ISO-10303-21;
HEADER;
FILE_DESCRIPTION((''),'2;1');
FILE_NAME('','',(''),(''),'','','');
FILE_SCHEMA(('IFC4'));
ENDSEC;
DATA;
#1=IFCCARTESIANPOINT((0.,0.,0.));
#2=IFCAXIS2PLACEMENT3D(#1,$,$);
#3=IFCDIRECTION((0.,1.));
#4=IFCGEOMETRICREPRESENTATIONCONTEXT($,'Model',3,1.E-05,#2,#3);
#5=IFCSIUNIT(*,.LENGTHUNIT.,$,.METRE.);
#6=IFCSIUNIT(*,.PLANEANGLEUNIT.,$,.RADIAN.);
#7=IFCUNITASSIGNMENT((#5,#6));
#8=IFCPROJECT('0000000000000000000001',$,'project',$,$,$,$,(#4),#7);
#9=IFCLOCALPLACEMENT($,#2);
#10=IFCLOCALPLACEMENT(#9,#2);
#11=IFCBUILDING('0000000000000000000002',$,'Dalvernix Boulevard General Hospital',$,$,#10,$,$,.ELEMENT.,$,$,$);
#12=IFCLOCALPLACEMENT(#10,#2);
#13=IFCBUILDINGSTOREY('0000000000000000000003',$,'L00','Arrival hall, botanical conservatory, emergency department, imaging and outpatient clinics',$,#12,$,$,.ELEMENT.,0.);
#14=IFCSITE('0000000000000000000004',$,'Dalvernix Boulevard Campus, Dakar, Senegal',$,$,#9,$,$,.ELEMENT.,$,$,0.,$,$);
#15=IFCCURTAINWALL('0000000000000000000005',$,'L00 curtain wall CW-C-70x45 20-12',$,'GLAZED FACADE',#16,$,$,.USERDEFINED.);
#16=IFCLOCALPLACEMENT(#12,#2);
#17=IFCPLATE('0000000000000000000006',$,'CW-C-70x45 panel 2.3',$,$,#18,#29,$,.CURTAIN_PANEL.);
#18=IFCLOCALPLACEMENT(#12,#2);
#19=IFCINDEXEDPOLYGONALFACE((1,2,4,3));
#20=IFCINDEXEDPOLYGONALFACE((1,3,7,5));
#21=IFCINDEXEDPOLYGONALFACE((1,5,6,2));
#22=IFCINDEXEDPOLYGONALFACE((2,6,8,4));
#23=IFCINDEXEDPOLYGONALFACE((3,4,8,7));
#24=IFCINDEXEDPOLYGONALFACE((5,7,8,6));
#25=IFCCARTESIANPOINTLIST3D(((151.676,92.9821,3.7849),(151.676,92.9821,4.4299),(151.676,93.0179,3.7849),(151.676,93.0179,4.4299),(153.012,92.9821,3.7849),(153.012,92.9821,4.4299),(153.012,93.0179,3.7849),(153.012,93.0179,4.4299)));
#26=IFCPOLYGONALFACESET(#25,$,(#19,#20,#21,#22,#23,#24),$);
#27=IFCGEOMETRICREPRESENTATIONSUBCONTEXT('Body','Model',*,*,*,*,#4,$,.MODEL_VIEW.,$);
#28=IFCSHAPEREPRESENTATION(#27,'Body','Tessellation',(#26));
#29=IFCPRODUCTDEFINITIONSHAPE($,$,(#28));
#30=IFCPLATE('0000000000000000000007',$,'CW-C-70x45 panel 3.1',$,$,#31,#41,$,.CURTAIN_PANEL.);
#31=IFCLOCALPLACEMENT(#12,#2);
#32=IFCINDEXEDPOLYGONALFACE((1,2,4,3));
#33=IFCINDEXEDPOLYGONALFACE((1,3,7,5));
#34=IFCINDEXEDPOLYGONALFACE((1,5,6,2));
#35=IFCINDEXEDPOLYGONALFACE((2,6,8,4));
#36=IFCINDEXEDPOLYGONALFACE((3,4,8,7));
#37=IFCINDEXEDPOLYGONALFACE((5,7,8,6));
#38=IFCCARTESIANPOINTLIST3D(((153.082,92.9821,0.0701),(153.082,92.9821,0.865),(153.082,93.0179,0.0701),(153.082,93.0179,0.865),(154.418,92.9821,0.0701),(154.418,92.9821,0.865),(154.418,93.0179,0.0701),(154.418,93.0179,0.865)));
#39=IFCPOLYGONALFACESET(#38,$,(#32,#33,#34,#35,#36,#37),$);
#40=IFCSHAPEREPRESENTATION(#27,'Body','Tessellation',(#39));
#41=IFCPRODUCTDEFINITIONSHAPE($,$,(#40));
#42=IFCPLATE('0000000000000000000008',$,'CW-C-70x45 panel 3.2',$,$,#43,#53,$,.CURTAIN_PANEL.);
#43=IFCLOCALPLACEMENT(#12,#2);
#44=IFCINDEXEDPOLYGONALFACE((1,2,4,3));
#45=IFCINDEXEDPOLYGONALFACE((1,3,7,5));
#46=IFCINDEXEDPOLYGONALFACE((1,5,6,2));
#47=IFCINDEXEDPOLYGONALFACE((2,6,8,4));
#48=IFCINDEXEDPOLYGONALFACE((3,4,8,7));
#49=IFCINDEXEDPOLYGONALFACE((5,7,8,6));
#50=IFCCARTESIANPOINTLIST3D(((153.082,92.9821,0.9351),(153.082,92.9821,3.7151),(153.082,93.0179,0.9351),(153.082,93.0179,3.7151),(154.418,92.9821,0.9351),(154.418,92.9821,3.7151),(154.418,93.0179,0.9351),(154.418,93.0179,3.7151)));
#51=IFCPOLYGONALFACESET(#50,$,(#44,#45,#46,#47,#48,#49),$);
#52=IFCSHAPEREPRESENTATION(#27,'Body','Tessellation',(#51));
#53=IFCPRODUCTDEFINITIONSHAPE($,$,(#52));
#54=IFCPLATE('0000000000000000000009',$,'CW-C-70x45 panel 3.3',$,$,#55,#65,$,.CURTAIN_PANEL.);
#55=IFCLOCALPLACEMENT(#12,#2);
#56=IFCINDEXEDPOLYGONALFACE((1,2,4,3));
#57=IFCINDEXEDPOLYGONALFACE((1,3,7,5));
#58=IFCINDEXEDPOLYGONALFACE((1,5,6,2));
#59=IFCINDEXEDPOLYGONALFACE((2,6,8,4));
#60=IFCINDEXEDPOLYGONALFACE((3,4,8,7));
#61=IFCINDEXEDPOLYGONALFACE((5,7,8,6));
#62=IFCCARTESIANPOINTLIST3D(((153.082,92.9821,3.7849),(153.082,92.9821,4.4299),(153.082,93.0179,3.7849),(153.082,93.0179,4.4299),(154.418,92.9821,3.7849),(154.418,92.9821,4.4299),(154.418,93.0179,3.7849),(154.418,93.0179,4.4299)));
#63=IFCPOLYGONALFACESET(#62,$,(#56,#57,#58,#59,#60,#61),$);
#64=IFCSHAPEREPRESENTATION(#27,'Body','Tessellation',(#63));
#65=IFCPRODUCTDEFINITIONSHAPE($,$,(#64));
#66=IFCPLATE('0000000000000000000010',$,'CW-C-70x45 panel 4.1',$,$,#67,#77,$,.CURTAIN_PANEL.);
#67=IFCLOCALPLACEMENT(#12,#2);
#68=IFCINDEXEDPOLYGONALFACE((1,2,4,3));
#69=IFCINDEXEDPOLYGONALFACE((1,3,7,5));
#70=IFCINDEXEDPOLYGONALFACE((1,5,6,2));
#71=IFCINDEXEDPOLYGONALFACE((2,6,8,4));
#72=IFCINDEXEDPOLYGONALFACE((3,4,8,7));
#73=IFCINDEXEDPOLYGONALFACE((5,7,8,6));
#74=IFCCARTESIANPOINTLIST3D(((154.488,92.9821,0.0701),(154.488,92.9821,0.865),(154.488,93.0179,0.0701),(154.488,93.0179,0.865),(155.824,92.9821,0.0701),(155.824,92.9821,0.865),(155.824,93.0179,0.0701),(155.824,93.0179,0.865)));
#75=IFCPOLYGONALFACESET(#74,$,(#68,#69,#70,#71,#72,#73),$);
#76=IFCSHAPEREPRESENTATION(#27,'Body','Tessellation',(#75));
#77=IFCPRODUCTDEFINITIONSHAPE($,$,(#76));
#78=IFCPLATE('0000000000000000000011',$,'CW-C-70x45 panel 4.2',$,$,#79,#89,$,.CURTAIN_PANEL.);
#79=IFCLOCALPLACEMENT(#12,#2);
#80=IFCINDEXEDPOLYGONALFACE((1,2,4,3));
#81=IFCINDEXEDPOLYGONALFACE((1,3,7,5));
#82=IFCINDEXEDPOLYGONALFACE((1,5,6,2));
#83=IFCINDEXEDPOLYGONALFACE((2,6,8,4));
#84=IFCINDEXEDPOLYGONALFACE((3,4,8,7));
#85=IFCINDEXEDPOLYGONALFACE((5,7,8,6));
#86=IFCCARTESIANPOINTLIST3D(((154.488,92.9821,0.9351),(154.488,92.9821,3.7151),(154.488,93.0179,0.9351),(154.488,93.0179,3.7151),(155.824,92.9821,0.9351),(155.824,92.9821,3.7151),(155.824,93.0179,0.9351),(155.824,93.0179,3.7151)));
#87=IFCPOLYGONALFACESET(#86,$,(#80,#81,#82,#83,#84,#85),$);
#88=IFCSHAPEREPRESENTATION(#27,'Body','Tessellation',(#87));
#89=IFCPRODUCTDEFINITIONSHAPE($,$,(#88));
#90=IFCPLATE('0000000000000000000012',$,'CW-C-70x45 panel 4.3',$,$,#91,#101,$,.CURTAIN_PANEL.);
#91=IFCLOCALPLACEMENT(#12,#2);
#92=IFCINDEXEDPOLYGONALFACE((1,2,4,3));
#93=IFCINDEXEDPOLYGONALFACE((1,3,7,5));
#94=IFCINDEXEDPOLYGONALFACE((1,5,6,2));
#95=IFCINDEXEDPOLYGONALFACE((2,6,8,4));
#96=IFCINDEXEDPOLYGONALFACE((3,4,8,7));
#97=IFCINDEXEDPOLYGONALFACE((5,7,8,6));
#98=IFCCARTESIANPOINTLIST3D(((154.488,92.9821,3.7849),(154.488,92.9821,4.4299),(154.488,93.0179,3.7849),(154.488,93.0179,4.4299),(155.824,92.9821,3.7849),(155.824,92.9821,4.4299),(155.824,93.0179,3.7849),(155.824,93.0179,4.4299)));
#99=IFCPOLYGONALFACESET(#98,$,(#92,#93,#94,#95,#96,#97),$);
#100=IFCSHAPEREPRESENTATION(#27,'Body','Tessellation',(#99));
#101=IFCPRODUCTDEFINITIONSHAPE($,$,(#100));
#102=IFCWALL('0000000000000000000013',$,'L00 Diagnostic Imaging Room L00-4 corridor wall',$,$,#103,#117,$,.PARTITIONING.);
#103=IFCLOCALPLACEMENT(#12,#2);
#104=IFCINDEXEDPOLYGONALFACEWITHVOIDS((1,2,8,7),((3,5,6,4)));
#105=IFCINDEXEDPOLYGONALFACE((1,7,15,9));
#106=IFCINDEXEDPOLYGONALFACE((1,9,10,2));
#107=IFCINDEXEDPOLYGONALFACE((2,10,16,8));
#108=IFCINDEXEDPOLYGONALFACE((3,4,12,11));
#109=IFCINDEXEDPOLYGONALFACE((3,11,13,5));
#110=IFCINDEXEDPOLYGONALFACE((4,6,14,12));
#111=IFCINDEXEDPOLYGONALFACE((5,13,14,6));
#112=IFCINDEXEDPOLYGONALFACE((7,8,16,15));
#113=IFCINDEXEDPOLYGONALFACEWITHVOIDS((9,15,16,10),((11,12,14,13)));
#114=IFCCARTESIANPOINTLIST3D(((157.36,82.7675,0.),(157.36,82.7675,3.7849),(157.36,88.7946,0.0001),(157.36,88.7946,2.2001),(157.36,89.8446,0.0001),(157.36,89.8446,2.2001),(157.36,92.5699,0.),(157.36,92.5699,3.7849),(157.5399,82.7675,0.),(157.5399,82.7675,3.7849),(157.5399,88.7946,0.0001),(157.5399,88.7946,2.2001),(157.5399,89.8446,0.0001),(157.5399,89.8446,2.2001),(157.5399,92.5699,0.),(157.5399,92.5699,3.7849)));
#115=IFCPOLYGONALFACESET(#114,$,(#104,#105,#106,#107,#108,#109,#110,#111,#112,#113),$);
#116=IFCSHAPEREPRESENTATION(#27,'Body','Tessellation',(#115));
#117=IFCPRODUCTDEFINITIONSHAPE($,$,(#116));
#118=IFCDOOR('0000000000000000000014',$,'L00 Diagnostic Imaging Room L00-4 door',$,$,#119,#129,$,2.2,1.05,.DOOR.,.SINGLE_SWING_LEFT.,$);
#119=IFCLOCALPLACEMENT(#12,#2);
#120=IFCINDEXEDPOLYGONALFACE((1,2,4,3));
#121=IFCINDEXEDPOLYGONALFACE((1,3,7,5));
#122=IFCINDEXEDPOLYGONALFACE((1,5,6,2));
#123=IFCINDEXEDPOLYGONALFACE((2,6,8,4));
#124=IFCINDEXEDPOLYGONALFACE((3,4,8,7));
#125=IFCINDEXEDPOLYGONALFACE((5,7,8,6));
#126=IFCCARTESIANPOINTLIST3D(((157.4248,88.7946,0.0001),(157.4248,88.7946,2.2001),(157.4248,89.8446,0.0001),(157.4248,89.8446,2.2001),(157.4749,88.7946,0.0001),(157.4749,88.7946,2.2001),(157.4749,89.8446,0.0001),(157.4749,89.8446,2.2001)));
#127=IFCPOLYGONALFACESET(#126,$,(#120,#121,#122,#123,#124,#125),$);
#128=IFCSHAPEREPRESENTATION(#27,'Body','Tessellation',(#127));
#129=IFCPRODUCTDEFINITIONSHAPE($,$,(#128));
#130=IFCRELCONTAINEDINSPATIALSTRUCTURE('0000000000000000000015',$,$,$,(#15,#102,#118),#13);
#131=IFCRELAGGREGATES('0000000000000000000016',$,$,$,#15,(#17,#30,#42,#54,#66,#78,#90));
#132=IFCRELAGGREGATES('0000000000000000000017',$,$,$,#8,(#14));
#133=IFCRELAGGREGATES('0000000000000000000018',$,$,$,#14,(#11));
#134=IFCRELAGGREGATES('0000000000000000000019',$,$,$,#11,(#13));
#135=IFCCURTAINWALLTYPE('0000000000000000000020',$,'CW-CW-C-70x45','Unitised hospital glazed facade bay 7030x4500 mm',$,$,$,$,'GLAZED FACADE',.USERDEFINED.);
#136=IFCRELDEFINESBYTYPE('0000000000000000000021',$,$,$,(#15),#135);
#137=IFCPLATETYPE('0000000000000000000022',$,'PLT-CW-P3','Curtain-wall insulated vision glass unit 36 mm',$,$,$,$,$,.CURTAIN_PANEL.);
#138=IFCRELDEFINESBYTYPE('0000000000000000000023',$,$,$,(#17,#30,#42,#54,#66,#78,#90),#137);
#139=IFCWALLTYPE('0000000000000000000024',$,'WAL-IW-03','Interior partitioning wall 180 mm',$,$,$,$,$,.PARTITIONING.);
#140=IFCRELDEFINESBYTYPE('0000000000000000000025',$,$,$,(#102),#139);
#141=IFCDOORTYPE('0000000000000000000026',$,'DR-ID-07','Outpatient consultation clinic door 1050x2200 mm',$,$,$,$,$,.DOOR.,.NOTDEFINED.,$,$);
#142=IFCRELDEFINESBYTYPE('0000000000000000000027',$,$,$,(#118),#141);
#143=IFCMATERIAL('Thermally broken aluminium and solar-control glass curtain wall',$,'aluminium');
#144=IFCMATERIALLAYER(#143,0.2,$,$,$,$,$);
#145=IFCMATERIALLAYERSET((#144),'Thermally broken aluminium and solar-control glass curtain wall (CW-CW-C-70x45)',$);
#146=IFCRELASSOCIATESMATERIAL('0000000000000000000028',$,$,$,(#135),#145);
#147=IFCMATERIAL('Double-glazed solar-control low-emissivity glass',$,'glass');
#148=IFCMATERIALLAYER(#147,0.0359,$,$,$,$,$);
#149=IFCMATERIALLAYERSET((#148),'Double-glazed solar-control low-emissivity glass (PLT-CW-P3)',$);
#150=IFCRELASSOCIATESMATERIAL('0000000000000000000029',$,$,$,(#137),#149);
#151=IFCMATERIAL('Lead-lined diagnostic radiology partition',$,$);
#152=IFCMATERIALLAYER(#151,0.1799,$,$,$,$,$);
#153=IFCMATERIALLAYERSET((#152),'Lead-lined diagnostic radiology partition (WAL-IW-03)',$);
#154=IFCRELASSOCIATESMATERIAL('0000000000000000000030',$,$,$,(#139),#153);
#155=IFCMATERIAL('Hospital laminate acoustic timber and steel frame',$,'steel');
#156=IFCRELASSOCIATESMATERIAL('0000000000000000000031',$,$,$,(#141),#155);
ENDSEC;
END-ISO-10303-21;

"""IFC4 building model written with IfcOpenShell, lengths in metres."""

from ifc_helpers import new_model, si_unit, direction, frame, frame_2d, origin, origin_2d, place, context, subcontext, project, spatial, rectangle, extrude, material, layer, layer_set, type_object, element, fill, aggregate, save


model = new_model("IFC4")

# Units and contexts
model_context = context("Model", 3, precision=1e-05, world=origin(), true_north=direction((0.0, 1.0)))
body_context = subcontext(model_context, "Body", "Model", "MODEL_VIEW")
ifc_project = project(units=[si_unit("LENGTHUNIT", "METRE"), si_unit("PLANEANGLEUNIT", "RADIAN")], contexts=[model_context])

# Site, building, storey
site_placement = place(None, origin())
site = spatial("IfcSite", under=ifc_project, at=site_placement, Name="Dalvernix Boulevard Campus, Dakar, Senegal", CompositionType="ELEMENT", RefElevation=0.0)
building_placement = place(site_placement, origin())
building = spatial("IfcBuilding", under=site, at=building_placement, Name="Dalvernix Boulevard General Hospital", CompositionType="ELEMENT")
storey_placement = place(building_placement, origin())
storey = spatial("IfcBuildingStorey", under=building, at=storey_placement, Name="L00", Description="Arrival hall, botanical conservatory, emergency department, imaging and outpatient clinics", CompositionType="ELEMENT", Elevation=0.0)

# Curtain wall, plates
ifc_material_1 = material(Name="Thermally broken aluminium and solar-control glass curtain wall", Category="aluminium")
ifc_layer_1 = layer(ifc_material_1, 0.2)
ifc_layer_set_1 = layer_set([ifc_layer_1], Name="Thermally broken aluminium and solar-control glass curtain wall (CW-CW-C-70x45)")
curtain_wall_type = type_object("IfcCurtainWallType", Name="CW-CW-C-70x45", Description="Unitised hospital glazed facade bay 7030x4500 mm", ElementType="GLAZED FACADE", PredefinedType="USERDEFINED", material=ifc_layer_set_1)
curtain_wall_placement = place(storey_placement, origin())
curtain_wall = element("IfcCurtainWall", 1, at=curtain_wall_placement, inside=storey, type_object=curtain_wall_type, Name="L00 curtain wall CW-C-70x45 20-12", ObjectType="GLAZED FACADE", PredefinedType="USERDEFINED")
ifc_material_2 = material(Name="Double-glazed solar-control low-emissivity glass", Category="glass")
ifc_layer_2 = layer(ifc_material_2, 0.0359)
ifc_layer_set_2 = layer_set([ifc_layer_2], Name="Double-glazed solar-control low-emissivity glass (PLT-CW-P3)")
plate_type = type_object("IfcPlateType", Name="PLT-CW-P3", Description="Curtain-wall insulated vision glass unit 36 mm", PredefinedType="CURTAIN_PANEL", material=ifc_layer_set_2)
plate_1_placement = place(storey_placement, frame((152.344, 93.0, 3.7849), z_axis=(0.0, 0.0, 1.0), x_axis=(1.0, 0.0, 0.0)))
plate_1 = element("IfcPlate", 2, at=plate_1_placement, type_object=plate_type, Name="CW-C-70x45 panel 2.3", PredefinedType="CURTAIN_PANEL", context=body_context, shape_type="SweptSolid", body=[
    extrude(rectangle(XDim=1.3359, YDim=0.0359, at=origin_2d()), origin(), (0.0, 0.0, 1.0), 0.645),
])
plate_2_placement = place(storey_placement, frame((153.75, 93.0, 0.0701), z_axis=(0.0, 0.0, 1.0), x_axis=(1.0, 0.0, 0.0)))
plate_2 = element("IfcPlate", 3, at=plate_2_placement, type_object=plate_type, Name="CW-C-70x45 panel 3.1", PredefinedType="CURTAIN_PANEL", context=body_context, shape_type="SweptSolid", body=[
    extrude(rectangle(XDim=1.3359, YDim=0.0359, at=origin_2d()), origin(), (0.0, 0.0, 1.0), 0.7949),
])
plate_3_placement = place(storey_placement, frame((153.75, 93.0, 0.9351), z_axis=(0.0, 0.0, 1.0), x_axis=(1.0, 0.0, 0.0)))
plate_3 = element("IfcPlate", 4, at=plate_3_placement, type_object=plate_type, Name="CW-C-70x45 panel 3.2", PredefinedType="CURTAIN_PANEL", context=body_context, shape_type="SweptSolid", body=[
    extrude(rectangle(XDim=1.3359, YDim=0.0359, at=origin_2d()), origin(), (0.0, 0.0, 1.0), 2.78),
])
plate_4_placement = place(storey_placement, frame((153.75, 93.0, 3.7849), z_axis=(0.0, 0.0, 1.0), x_axis=(1.0, 0.0, 0.0)))
plate_4 = element("IfcPlate", 5, at=plate_4_placement, type_object=plate_type, Name="CW-C-70x45 panel 3.3", PredefinedType="CURTAIN_PANEL", context=body_context, shape_type="SweptSolid", body=[
    extrude(rectangle(XDim=1.3359, YDim=0.0359, at=origin_2d()), origin(), (0.0, 0.0, 1.0), 0.645),
])
plate_5_placement = place(storey_placement, frame((155.156, 93.0, 0.0701), z_axis=(0.0, 0.0, 1.0), x_axis=(1.0, 0.0, 0.0)))
plate_5 = element("IfcPlate", 6, at=plate_5_placement, type_object=plate_type, Name="CW-C-70x45 panel 4.1", PredefinedType="CURTAIN_PANEL", context=body_context, shape_type="SweptSolid", body=[
    extrude(rectangle(XDim=1.3359, YDim=0.0359, at=origin_2d()), origin(), (0.0, 0.0, 1.0), 0.7949),
])
plate_6_placement = place(storey_placement, frame((155.156, 93.0, 0.9351), z_axis=(0.0, 0.0, 1.0), x_axis=(1.0, 0.0, 0.0)))
plate_6 = element("IfcPlate", 7, at=plate_6_placement, type_object=plate_type, Name="CW-C-70x45 panel 4.2", PredefinedType="CURTAIN_PANEL", context=body_context, shape_type="SweptSolid", body=[
    extrude(rectangle(XDim=1.3359, YDim=0.0359, at=origin_2d()), origin(), (0.0, 0.0, 1.0), 2.78),
])
plate_7_placement = place(storey_placement, frame((155.156, 93.0, 3.7849), z_axis=(0.0, 0.0, 1.0), x_axis=(1.0, 0.0, 0.0)))
plate_7 = element("IfcPlate", 8, at=plate_7_placement, type_object=plate_type, Name="CW-C-70x45 panel 4.3", PredefinedType="CURTAIN_PANEL", context=body_context, shape_type="SweptSolid", body=[
    extrude(rectangle(XDim=1.3359, YDim=0.0359, at=origin_2d()), origin(), (0.0, 0.0, 1.0), 0.645),
])
aggregate(curtain_wall, [plate_1, plate_2, plate_3, plate_4, plate_5, plate_6, plate_7])

# Wall, opening, door
ifc_material_3 = material(Name="Lead-lined diagnostic radiology partition")
ifc_layer_3 = layer(ifc_material_3, 0.1799)
ifc_layer_set_3 = layer_set([ifc_layer_3], Name="Lead-lined diagnostic radiology partition (WAL-IW-03)")
wall_type = type_object("IfcWallType", Name="WAL-IW-03", Description="Interior partitioning wall 180 mm", PredefinedType="PARTITIONING", material=ifc_layer_set_3)
wall_placement = place(storey_placement, frame((157.45, 92.5701, 0.0), z_axis=(0.0, 0.0, 1.0), x_axis=(0.0, -1.0, 0.0)))
wall = element("IfcWall", 9, at=wall_placement, inside=storey, type_object=wall_type, Name="L00 Diagnostic Imaging Room L00-4 corridor wall", PredefinedType="PARTITIONING", context=body_context, shape_type="SweptSolid", body=[
    extrude(rectangle(XDim=9.8025, YDim=0.1799, at=frame_2d((4.9014, 0.0))), origin(), (0.0, 0.0, 1.0), 3.7849),
])
opening_placement = place(wall_placement, frame((2.7256, 0.0, 0.0)))
opening = element("IfcOpeningElement", 10, at=opening_placement, cuts=wall, PredefinedType="OPENING", context=body_context, shape_type="SweptSolid", body=[
    extrude(rectangle(XDim=1.05, YDim=2.2, at=frame_2d((0.5249, 1.1001))), frame((0.0, 0.0999, 0.0), z_axis=(0.0, -1.0, 0.0), x_axis=(1.0, 0.0, 0.0)), (0.0, 0.0, 1.0), 0.2),
])
ifc_material_4 = material(Name="Hospital laminate acoustic timber and steel frame", Category="steel")
door_type = type_object("IfcDoorType", Name="DR-ID-07", Description="Outpatient consultation clinic door 1050x2200 mm", OperationType="NOTDEFINED", PredefinedType="DOOR", material=ifc_material_4)
door_placement = place(opening_placement, origin())
door = element("IfcDoor", 11, at=door_placement, inside=storey, type_object=door_type, Name="L00 Diagnostic Imaging Room L00-4 door", OperationType="SINGLE_SWING_LEFT", OverallHeight=2.2, OverallWidth=1.05, PredefinedType="DOOR", context=body_context, shape_type="SweptSolid", body=[
    extrude(rectangle(XDim=1.05, YDim=2.2, at=frame_2d((0.5249, 1.1001))), frame((0.0, 0.0249, 0.0), z_axis=(0.0, -1.0, 0.0), x_axis=(1.0, 0.0, 0.0)), (0.0, 0.0, 1.0), 0.05),
])
fill(opening, door)

save(model, "model.ifc")
